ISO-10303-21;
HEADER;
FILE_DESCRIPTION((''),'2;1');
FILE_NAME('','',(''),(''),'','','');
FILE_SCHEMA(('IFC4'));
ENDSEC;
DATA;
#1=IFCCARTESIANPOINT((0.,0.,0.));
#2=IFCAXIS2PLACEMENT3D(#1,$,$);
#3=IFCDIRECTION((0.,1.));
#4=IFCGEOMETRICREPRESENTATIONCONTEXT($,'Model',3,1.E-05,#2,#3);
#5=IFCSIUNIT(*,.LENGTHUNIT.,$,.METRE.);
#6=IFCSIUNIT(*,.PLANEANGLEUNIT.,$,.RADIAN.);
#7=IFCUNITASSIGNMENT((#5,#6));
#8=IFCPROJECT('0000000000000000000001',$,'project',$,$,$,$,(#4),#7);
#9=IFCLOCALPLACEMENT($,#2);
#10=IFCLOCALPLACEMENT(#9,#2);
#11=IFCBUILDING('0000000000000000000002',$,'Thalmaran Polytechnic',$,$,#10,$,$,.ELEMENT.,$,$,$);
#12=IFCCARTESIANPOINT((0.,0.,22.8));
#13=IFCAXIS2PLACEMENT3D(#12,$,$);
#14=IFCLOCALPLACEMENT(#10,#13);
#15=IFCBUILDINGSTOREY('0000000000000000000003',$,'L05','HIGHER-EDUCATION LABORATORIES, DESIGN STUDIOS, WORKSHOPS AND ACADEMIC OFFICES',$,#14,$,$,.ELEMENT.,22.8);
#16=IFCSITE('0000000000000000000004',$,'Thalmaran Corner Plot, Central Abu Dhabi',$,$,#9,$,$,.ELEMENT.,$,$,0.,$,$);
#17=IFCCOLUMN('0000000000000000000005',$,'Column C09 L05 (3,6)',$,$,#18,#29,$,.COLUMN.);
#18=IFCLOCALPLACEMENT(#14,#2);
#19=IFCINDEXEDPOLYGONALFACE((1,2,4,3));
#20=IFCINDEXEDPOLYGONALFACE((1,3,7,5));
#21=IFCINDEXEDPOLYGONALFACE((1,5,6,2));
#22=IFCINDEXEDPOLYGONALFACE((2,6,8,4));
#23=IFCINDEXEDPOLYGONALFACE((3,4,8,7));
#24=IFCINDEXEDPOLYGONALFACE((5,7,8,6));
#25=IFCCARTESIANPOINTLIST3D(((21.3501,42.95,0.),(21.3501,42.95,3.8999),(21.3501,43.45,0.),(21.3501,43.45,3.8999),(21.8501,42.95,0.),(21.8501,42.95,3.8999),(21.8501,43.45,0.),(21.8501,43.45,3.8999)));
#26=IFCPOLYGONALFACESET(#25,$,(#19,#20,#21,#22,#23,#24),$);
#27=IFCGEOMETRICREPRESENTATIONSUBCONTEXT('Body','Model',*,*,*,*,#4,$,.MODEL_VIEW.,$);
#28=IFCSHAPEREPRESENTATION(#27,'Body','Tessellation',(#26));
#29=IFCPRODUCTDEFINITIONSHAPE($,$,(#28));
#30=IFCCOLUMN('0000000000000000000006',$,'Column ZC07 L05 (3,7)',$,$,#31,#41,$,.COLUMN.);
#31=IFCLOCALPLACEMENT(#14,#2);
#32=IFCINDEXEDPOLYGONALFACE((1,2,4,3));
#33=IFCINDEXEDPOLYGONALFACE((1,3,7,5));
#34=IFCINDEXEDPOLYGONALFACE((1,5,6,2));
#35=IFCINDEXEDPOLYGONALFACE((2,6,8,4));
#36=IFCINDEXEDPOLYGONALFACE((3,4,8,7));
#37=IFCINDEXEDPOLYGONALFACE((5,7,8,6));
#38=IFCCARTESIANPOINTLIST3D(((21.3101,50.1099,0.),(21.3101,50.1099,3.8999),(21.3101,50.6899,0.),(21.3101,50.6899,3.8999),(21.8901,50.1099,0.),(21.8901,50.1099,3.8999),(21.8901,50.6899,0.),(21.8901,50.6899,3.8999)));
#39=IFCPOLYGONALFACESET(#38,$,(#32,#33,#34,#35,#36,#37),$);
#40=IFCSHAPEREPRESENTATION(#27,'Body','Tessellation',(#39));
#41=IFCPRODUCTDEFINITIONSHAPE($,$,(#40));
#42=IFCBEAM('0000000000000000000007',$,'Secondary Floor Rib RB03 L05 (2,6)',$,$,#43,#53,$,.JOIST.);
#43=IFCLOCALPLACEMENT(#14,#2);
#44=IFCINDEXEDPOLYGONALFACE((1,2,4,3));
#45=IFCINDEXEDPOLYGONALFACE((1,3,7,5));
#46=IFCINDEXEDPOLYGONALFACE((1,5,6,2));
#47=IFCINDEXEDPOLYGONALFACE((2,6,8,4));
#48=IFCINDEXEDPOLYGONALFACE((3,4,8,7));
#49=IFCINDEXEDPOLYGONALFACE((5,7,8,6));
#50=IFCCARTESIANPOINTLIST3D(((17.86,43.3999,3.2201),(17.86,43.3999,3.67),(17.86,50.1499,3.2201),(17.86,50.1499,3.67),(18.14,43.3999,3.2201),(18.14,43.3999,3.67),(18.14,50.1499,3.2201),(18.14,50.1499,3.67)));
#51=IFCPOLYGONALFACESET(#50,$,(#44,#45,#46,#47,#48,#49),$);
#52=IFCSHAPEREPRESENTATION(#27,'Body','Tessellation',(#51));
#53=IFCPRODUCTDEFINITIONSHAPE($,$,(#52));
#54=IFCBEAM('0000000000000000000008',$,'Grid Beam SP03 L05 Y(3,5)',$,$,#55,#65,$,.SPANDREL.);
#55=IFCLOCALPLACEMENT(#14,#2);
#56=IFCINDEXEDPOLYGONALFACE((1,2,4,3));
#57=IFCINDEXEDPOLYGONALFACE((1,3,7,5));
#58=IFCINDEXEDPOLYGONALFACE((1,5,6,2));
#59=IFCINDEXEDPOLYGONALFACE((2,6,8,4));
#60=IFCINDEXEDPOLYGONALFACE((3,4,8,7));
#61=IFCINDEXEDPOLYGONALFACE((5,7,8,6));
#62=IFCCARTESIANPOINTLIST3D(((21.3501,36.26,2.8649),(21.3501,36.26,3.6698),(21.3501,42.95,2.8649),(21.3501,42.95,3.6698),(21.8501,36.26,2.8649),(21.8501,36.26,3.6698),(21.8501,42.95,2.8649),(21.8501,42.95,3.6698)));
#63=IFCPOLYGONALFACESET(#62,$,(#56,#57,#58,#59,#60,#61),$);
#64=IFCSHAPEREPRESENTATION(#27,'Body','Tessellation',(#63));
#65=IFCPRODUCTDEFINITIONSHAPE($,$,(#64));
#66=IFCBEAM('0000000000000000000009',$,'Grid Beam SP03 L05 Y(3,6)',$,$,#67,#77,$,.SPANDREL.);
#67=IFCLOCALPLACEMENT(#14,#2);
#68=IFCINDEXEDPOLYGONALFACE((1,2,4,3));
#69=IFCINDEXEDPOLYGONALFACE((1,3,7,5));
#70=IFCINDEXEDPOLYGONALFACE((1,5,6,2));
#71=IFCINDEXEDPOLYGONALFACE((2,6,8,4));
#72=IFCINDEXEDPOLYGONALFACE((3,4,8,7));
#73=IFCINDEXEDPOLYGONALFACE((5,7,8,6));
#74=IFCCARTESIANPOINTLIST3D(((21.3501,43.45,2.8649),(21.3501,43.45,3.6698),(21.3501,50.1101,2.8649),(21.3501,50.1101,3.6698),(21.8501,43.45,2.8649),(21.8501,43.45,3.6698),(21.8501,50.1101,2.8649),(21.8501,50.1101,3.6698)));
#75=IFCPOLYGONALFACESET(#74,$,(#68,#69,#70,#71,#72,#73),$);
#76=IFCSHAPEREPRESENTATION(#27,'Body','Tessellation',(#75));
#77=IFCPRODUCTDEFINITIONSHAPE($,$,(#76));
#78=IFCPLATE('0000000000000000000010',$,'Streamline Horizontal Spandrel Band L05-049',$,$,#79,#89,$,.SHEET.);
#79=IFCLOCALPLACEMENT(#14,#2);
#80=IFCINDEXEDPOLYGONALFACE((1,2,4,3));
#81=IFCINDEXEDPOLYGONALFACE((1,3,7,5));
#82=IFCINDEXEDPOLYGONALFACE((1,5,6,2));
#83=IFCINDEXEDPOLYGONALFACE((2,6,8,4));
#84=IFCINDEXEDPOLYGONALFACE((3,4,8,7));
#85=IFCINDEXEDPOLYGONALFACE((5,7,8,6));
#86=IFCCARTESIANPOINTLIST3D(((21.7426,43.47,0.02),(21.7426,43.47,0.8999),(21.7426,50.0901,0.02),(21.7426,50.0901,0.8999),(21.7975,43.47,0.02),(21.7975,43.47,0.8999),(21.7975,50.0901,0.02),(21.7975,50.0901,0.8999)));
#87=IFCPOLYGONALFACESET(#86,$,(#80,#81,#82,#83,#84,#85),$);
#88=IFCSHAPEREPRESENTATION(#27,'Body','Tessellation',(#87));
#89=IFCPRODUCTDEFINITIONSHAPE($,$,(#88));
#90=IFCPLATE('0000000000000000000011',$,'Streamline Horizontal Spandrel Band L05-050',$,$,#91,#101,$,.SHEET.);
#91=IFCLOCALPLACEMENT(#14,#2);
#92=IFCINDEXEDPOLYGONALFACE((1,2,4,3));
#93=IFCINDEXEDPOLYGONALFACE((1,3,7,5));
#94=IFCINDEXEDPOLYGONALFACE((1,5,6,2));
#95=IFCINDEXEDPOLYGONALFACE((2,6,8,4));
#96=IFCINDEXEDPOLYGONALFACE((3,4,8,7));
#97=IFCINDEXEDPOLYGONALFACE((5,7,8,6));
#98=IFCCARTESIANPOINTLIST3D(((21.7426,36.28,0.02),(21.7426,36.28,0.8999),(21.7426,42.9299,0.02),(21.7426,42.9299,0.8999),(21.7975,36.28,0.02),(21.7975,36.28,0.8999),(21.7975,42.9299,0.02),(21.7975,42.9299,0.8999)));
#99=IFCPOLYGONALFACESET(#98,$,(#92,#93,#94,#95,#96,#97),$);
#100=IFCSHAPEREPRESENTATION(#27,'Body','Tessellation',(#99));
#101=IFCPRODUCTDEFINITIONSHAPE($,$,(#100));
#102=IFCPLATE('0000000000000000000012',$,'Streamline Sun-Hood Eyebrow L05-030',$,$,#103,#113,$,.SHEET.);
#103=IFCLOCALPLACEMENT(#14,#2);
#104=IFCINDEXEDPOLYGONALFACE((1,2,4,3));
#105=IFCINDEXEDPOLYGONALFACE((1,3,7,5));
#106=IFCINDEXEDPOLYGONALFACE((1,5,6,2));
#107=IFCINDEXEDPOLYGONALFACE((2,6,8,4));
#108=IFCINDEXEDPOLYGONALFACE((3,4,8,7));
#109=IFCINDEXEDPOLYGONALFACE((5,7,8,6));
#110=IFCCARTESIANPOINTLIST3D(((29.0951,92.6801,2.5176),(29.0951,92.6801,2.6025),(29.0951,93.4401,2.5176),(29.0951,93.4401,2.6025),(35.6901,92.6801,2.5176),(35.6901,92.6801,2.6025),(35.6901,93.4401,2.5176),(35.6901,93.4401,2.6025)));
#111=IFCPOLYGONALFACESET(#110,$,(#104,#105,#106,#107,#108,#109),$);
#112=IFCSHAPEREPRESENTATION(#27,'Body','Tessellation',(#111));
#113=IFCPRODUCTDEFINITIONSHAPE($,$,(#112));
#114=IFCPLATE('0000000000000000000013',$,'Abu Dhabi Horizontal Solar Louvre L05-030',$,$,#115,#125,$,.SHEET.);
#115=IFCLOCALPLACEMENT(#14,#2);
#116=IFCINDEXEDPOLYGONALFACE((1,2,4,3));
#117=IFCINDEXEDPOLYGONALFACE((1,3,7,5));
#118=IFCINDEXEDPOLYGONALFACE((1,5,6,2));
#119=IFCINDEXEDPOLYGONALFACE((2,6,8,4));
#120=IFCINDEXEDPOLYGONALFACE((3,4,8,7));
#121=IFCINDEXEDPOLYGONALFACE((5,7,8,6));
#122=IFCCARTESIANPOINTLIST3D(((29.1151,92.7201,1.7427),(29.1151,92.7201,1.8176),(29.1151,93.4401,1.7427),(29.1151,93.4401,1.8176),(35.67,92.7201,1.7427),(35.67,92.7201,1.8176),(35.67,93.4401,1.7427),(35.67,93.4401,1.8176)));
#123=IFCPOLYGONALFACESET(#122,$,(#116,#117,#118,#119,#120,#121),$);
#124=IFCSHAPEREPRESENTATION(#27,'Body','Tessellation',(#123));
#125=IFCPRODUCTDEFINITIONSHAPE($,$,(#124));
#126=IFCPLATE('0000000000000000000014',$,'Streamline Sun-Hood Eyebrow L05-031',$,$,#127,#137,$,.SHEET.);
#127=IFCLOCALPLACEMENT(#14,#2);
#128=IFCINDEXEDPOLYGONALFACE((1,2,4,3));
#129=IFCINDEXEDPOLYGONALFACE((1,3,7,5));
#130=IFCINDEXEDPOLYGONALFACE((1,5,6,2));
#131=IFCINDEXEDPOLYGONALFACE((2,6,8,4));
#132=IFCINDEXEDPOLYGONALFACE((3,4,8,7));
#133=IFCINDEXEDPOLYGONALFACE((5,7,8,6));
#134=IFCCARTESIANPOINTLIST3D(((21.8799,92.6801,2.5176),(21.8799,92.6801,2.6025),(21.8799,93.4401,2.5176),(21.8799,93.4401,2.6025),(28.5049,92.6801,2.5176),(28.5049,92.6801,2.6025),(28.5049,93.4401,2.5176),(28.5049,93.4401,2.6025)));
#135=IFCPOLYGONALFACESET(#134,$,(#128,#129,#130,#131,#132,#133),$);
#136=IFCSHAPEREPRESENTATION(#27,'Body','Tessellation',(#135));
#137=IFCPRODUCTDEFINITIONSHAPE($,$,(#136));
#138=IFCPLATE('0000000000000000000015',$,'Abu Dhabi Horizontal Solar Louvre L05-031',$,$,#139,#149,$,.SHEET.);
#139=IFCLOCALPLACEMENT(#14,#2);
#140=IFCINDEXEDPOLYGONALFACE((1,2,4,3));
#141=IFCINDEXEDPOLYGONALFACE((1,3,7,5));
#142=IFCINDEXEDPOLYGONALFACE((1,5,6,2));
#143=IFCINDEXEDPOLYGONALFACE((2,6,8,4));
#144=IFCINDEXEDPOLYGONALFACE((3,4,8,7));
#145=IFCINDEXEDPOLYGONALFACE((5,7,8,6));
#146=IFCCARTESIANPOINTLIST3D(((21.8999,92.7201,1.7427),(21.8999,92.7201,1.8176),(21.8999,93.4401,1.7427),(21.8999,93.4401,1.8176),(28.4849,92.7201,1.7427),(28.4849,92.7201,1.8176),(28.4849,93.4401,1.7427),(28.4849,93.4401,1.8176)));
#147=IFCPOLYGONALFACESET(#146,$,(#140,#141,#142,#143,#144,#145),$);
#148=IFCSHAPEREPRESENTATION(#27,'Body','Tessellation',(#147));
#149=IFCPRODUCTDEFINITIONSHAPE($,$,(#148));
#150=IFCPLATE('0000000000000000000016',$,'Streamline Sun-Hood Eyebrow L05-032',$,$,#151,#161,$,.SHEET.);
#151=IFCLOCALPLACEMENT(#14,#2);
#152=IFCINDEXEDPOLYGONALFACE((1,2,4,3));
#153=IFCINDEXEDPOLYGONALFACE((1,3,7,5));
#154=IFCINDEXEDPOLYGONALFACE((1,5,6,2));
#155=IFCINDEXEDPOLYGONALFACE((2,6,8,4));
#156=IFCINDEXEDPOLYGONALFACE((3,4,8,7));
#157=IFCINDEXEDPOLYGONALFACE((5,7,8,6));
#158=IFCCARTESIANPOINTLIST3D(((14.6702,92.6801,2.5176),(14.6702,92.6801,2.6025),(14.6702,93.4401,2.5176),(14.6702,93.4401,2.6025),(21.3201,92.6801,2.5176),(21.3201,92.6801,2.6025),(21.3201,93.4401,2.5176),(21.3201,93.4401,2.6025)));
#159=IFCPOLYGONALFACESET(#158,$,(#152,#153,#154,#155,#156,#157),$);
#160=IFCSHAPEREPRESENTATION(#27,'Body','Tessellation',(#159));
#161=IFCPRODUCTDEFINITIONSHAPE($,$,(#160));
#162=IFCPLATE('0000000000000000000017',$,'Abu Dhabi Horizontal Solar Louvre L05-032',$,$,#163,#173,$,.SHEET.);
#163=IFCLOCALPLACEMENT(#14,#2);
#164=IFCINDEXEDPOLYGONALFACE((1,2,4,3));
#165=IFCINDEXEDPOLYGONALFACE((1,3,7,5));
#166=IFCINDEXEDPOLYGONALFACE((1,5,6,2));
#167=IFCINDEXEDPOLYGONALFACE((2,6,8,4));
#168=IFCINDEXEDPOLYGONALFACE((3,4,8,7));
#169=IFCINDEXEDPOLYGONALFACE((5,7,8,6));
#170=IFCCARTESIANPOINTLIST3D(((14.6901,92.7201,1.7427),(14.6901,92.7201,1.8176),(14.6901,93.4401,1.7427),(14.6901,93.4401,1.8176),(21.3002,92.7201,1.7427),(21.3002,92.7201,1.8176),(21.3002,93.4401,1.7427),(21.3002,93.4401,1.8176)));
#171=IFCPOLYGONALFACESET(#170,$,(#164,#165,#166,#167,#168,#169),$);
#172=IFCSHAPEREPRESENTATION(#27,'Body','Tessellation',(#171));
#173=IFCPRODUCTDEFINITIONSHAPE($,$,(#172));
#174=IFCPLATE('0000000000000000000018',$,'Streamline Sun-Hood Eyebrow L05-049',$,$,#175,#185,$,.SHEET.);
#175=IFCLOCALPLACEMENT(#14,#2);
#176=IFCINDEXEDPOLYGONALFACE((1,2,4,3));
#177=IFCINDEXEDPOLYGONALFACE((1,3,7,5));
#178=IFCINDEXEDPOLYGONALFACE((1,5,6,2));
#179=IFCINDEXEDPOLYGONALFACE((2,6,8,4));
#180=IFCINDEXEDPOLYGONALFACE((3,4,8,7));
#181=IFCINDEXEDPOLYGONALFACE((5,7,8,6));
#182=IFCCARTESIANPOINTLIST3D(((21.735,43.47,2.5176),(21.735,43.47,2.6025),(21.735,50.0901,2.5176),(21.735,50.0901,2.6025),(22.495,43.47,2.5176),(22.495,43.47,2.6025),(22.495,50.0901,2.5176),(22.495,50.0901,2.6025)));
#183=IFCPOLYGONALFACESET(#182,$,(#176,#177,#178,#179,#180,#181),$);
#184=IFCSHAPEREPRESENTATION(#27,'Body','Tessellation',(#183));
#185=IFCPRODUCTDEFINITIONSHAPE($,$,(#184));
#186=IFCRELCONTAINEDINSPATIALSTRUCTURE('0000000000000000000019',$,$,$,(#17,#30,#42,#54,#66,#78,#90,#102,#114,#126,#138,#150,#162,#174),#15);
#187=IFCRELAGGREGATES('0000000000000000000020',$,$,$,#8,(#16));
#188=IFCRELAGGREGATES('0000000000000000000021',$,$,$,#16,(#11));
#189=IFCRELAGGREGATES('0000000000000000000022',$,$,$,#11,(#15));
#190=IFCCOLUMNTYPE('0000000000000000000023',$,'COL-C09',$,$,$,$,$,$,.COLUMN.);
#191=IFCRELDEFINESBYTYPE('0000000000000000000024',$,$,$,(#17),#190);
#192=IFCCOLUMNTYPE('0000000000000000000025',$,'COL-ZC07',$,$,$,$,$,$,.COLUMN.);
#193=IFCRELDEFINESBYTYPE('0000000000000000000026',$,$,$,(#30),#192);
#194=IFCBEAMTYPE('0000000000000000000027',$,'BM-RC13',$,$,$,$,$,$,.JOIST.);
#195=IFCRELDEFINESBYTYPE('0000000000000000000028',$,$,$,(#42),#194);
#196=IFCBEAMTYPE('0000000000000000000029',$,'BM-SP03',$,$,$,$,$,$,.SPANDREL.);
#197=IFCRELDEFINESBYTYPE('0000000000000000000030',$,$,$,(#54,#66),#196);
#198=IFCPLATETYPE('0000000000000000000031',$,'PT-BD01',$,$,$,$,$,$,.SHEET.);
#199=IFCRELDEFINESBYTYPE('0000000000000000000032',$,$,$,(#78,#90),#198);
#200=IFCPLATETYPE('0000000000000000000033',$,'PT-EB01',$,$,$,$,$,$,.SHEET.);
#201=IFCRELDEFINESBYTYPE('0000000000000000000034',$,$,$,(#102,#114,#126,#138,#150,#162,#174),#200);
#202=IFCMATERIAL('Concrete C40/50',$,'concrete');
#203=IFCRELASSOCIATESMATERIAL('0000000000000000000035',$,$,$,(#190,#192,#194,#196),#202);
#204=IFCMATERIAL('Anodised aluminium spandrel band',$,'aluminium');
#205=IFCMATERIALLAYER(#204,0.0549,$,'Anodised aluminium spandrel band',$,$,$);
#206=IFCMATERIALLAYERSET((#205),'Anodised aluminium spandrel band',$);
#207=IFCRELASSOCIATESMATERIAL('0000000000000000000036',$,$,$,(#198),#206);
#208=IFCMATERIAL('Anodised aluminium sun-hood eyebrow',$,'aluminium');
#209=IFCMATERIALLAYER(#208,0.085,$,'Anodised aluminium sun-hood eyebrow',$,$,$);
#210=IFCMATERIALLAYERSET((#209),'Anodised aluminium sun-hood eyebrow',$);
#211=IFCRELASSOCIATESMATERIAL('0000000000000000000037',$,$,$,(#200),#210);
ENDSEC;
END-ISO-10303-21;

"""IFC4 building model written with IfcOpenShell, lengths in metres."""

from ifc_helpers import new_model, si_unit, direction, frame, origin, origin_2d, place, context, subcontext, project, spatial, rectangle, extrude, material, layer, layer_set, material_profile, profile_set, type_object, element, save


model = new_model("IFC4")

# Units and contexts
model_context = context("Model", 3, precision=1e-05, world=origin(), true_north=direction((0.0, 1.0)))
body_context = subcontext(model_context, "Body", "Model", "MODEL_VIEW")
ifc_project = project(units=[si_unit("LENGTHUNIT", "METRE"), si_unit("PLANEANGLEUNIT", "RADIAN")], contexts=[model_context])

# Site, building, storey
site_placement = place(None, origin())
site = spatial("IfcSite", under=ifc_project, at=site_placement, Name="Thalmaran Corner Plot, Central Abu Dhabi", CompositionType="ELEMENT", RefElevation=0.0)
building_placement = place(site_placement, origin())
building = spatial("IfcBuilding", under=site, at=building_placement, Name="Thalmaran Polytechnic", CompositionType="ELEMENT")
storey_placement = place(building_placement, frame((0.0, 0.0, 22.8)))
storey = spatial("IfcBuildingStorey", under=building, at=storey_placement, Name="L05", Description="HIGHER-EDUCATION LABORATORIES, DESIGN STUDIOS, WORKSHOPS AND ACADEMIC OFFICES", CompositionType="ELEMENT", Elevation=22.8)

# Columns
ifc_material_1 = material(Name="Concrete C40/50", Category="concrete")
ifc_material_profile_1 = material_profile(ifc_material_1, rectangle(XDim=0.5, YDim=0.5, at=origin_2d()), Name="RC 500x500")
ifc_profile_set_1 = profile_set([ifc_material_profile_1], Name="Concrete C40/50")
column_type_1 = type_object("IfcColumnType", Name="COL-C09", PredefinedType="COLUMN", material=ifc_profile_set_1)
column_1_placement = place(storey_placement, frame((21.6001, 43.2, 0.0), z_axis=(0.0, 0.0, 1.0), x_axis=(1.0, 0.0, 0.0)))
element("IfcColumn", 1, at=column_1_placement, inside=storey, type_object=column_type_1, Name="Column C09 L05 (3,6)", PredefinedType="COLUMN", context=body_context, shape_type="SweptSolid", body=[
    extrude(rectangle(XDim=0.5, YDim=0.5, at=origin_2d()), origin(), (0.0, 0.0, 1.0), 3.8999),
])
ifc_material_profile_2 = material_profile(ifc_material_1, rectangle(XDim=0.5801, YDim=0.5801, at=origin_2d()), Name="RC 580x580")
ifc_profile_set_2 = profile_set([ifc_material_profile_2], Name="Concrete C40/50")
column_type_2 = type_object("IfcColumnType", Name="COL-ZC07", PredefinedType="COLUMN", material=ifc_profile_set_2)
column_2_placement = place(storey_placement, frame((21.6001, 50.3999, 0.0), z_axis=(0.0, 0.0, 1.0), x_axis=(1.0, 0.0, 0.0)))
element("IfcColumn", 2, at=column_2_placement, inside=storey, type_object=column_type_2, Name="Column ZC07 L05 (3,7)", PredefinedType="COLUMN", context=body_context, shape_type="SweptSolid", body=[
    extrude(rectangle(XDim=0.5801, YDim=0.5801, at=origin_2d()), origin(), (0.0, 0.0, 1.0), 3.8999),
])

# Beams
ifc_material_profile_3 = material_profile(ifc_material_1, rectangle(XDim=0.28, YDim=0.45, at=origin_2d()), Name="RC 280x450")
ifc_profile_set_3 = profile_set([ifc_material_profile_3], Name="Concrete C40/50")
beam_type_1 = type_object("IfcBeamType", Name="BM-RC13", PredefinedType="JOIST", material=ifc_profile_set_3)
beam_1_placement = place(storey_placement, frame((18.0, 43.3999, 3.4451), z_axis=(0.0, 1.0, 0.0), x_axis=(-1.0, 0.0, 0.0)))
element("IfcBeam", 3, at=beam_1_placement, inside=storey, type_object=beam_type_1, Name="Secondary Floor Rib RB03 L05 (2,6)", PredefinedType="JOIST", context=body_context, shape_type="SweptSolid", body=[
    extrude(rectangle(XDim=0.28, YDim=0.45, at=origin_2d()), origin(), (0.0, 0.0, 1.0), 6.75),
])
ifc_material_profile_4 = material_profile(ifc_material_1, rectangle(XDim=0.5, YDim=0.8049, at=origin_2d()), Name="RC 500x805")
ifc_profile_set_4 = profile_set([ifc_material_profile_4], Name="Concrete C40/50")
beam_type_2 = type_object("IfcBeamType", Name="BM-SP03", PredefinedType="SPANDREL", material=ifc_profile_set_4)
beam_2_placement = place(storey_placement, frame((21.6001, 36.26, 3.2673), z_axis=(0.0, 1.0, 0.0), x_axis=(-1.0, 0.0, 0.0)))
element("IfcBeam", 4, at=beam_2_placement, inside=storey, type_object=beam_type_2, Name="Grid Beam SP03 L05 Y(3,5)", PredefinedType="SPANDREL", context=body_context, shape_type="SweptSolid", body=[
    extrude(rectangle(XDim=0.5, YDim=0.8049, at=origin_2d()), origin(), (0.0, 0.0, 1.0), 6.6899),
])
beam_3_placement = place(storey_placement, frame((21.6001, 43.45, 3.2673), z_axis=(0.0, 1.0, 0.0), x_axis=(-1.0, 0.0, 0.0)))
element("IfcBeam", 5, at=beam_3_placement, inside=storey, type_object=beam_type_2, Name="Grid Beam SP03 L05 Y(3,6)", PredefinedType="SPANDREL", context=body_context, shape_type="SweptSolid", body=[
    extrude(rectangle(XDim=0.5, YDim=0.8049, at=origin_2d()), origin(), (0.0, 0.0, 1.0), 6.6602),
])

# Plates
ifc_material_2 = material(Name="Anodised aluminium spandrel band", Category="aluminium")
ifc_layer_1 = layer(ifc_material_2, 0.0549, Name="Anodised aluminium spandrel band")
ifc_layer_set_1 = layer_set([ifc_layer_1], Name="Anodised aluminium spandrel band")
plate_type_1 = type_object("IfcPlateType", Name="PT-BD01", PredefinedType="SHEET", material=ifc_layer_set_1)
plate_1_placement = place(storey_placement, frame((21.77, 46.78, 0.02), z_axis=(0.0, 0.0, 1.0), x_axis=(0.0, -1.0, 0.0)))
element("IfcPlate", 6, at=plate_1_placement, inside=storey, type_object=plate_type_1, Name="Streamline Horizontal Spandrel Band L05-049", PredefinedType="SHEET", context=body_context, shape_type="SweptSolid", body=[
    extrude(rectangle(XDim=6.6201, YDim=0.0549, at=origin_2d()), origin(), (0.0, 0.0, 1.0), 0.8799),
])
plate_2_placement = place(storey_placement, frame((21.77, 39.605, 0.02), z_axis=(0.0, 0.0, 1.0), x_axis=(0.0, -1.0, 0.0)))
element("IfcPlate", 7, at=plate_2_placement, inside=storey, type_object=plate_type_1, Name="Streamline Horizontal Spandrel Band L05-050", PredefinedType="SHEET", context=body_context, shape_type="SweptSolid", body=[
    extrude(rectangle(XDim=6.6499, YDim=0.0549, at=origin_2d()), origin(), (0.0, 0.0, 1.0), 0.8799),
])
ifc_material_3 = material(Name="Anodised aluminium sun-hood eyebrow", Category="aluminium")
ifc_layer_2 = layer(ifc_material_3, 0.085, Name="Anodised aluminium sun-hood eyebrow")
ifc_layer_set_2 = layer_set([ifc_layer_2], Name="Anodised aluminium sun-hood eyebrow")
plate_type_2 = type_object("IfcPlateType", Name="PT-EB01", PredefinedType="SHEET", material=ifc_layer_set_2)
plate_3_placement = place(storey_placement, frame((32.3926, 93.0601, 2.5176), z_axis=(0.0, 0.0, 1.0), x_axis=(-1.0, 0.0, 0.0)))
element("IfcPlate", 8, at=plate_3_placement, inside=storey, type_object=plate_type_2, Name="Streamline Sun-Hood Eyebrow L05-030", PredefinedType="SHEET", context=body_context, shape_type="SweptSolid", body=[
    extrude(rectangle(XDim=6.595, YDim=0.76, at=origin_2d()), origin(), (0.0, 0.0, 1.0), 0.085),
])
plate_4_placement = place(storey_placement, frame((32.3926, 93.0801, 1.7427), z_axis=(0.0, 0.0, 1.0), x_axis=(-1.0, 0.0, 0.0)))
element("IfcPlate", 9, at=plate_4_placement, inside=storey, type_object=plate_type_2, Name="Abu Dhabi Horizontal Solar Louvre L05-030", PredefinedType="SHEET", context=body_context, shape_type="SweptSolid", body=[
    extrude(rectangle(XDim=6.5549, YDim=0.72, at=origin_2d()), origin(), (0.0, 0.0, 1.0), 0.075),
])
plate_5_placement = place(storey_placement, frame((25.1924, 93.0601, 2.5176), z_axis=(0.0, 0.0, 1.0), x_axis=(-1.0, 0.0, 0.0)))
element("IfcPlate", 10, at=plate_5_placement, inside=storey, type_object=plate_type_2, Name="Streamline Sun-Hood Eyebrow L05-031", PredefinedType="SHEET", context=body_context, shape_type="SweptSolid", body=[
    extrude(rectangle(XDim=6.625, YDim=0.76, at=origin_2d()), origin(), (0.0, 0.0, 1.0), 0.085),
])
plate_6_placement = place(storey_placement, frame((25.1924, 93.0801, 1.7427), z_axis=(0.0, 0.0, 1.0), x_axis=(-1.0, 0.0, 0.0)))
element("IfcPlate", 11, at=plate_6_placement, inside=storey, type_object=plate_type_2, Name="Abu Dhabi Horizontal Solar Louvre L05-031", PredefinedType="SHEET", context=body_context, shape_type="SweptSolid", body=[
    extrude(rectangle(XDim=6.585, YDim=0.72, at=origin_2d()), origin(), (0.0, 0.0, 1.0), 0.075),
])
plate_7_placement = place(storey_placement, frame((17.9951, 93.0601, 2.5176), z_axis=(0.0, 0.0, 1.0), x_axis=(-1.0, 0.0, 0.0)))
element("IfcPlate", 12, at=plate_7_placement, inside=storey, type_object=plate_type_2, Name="Streamline Sun-Hood Eyebrow L05-032", PredefinedType="SHEET", context=body_context, shape_type="SweptSolid", body=[
    extrude(rectangle(XDim=6.6499, YDim=0.76, at=origin_2d()), origin(), (0.0, 0.0, 1.0), 0.085),
])
plate_8_placement = place(storey_placement, frame((17.9951, 93.0801, 1.7427), z_axis=(0.0, 0.0, 1.0), x_axis=(-1.0, 0.0, 0.0)))
element("IfcPlate", 13, at=plate_8_placement, inside=storey, type_object=plate_type_2, Name="Abu Dhabi Horizontal Solar Louvre L05-032", PredefinedType="SHEET", context=body_context, shape_type="SweptSolid", body=[
    extrude(rectangle(XDim=6.6101, YDim=0.72, at=origin_2d()), origin(), (0.0, 0.0, 1.0), 0.075),
])
plate_9_placement = place(storey_placement, frame((22.115, 46.78, 2.5176), z_axis=(0.0, 0.0, 1.0), x_axis=(0.0, -1.0, 0.0)))
element("IfcPlate", 14, at=plate_9_placement, inside=storey, type_object=plate_type_2, Name="Streamline Sun-Hood Eyebrow L05-049", PredefinedType="SHEET", context=body_context, shape_type="SweptSolid", body=[
    extrude(rectangle(XDim=6.6201, YDim=0.76, at=origin_2d()), origin(), (0.0, 0.0, 1.0), 0.085),
])

save(model, "model.ifc")
